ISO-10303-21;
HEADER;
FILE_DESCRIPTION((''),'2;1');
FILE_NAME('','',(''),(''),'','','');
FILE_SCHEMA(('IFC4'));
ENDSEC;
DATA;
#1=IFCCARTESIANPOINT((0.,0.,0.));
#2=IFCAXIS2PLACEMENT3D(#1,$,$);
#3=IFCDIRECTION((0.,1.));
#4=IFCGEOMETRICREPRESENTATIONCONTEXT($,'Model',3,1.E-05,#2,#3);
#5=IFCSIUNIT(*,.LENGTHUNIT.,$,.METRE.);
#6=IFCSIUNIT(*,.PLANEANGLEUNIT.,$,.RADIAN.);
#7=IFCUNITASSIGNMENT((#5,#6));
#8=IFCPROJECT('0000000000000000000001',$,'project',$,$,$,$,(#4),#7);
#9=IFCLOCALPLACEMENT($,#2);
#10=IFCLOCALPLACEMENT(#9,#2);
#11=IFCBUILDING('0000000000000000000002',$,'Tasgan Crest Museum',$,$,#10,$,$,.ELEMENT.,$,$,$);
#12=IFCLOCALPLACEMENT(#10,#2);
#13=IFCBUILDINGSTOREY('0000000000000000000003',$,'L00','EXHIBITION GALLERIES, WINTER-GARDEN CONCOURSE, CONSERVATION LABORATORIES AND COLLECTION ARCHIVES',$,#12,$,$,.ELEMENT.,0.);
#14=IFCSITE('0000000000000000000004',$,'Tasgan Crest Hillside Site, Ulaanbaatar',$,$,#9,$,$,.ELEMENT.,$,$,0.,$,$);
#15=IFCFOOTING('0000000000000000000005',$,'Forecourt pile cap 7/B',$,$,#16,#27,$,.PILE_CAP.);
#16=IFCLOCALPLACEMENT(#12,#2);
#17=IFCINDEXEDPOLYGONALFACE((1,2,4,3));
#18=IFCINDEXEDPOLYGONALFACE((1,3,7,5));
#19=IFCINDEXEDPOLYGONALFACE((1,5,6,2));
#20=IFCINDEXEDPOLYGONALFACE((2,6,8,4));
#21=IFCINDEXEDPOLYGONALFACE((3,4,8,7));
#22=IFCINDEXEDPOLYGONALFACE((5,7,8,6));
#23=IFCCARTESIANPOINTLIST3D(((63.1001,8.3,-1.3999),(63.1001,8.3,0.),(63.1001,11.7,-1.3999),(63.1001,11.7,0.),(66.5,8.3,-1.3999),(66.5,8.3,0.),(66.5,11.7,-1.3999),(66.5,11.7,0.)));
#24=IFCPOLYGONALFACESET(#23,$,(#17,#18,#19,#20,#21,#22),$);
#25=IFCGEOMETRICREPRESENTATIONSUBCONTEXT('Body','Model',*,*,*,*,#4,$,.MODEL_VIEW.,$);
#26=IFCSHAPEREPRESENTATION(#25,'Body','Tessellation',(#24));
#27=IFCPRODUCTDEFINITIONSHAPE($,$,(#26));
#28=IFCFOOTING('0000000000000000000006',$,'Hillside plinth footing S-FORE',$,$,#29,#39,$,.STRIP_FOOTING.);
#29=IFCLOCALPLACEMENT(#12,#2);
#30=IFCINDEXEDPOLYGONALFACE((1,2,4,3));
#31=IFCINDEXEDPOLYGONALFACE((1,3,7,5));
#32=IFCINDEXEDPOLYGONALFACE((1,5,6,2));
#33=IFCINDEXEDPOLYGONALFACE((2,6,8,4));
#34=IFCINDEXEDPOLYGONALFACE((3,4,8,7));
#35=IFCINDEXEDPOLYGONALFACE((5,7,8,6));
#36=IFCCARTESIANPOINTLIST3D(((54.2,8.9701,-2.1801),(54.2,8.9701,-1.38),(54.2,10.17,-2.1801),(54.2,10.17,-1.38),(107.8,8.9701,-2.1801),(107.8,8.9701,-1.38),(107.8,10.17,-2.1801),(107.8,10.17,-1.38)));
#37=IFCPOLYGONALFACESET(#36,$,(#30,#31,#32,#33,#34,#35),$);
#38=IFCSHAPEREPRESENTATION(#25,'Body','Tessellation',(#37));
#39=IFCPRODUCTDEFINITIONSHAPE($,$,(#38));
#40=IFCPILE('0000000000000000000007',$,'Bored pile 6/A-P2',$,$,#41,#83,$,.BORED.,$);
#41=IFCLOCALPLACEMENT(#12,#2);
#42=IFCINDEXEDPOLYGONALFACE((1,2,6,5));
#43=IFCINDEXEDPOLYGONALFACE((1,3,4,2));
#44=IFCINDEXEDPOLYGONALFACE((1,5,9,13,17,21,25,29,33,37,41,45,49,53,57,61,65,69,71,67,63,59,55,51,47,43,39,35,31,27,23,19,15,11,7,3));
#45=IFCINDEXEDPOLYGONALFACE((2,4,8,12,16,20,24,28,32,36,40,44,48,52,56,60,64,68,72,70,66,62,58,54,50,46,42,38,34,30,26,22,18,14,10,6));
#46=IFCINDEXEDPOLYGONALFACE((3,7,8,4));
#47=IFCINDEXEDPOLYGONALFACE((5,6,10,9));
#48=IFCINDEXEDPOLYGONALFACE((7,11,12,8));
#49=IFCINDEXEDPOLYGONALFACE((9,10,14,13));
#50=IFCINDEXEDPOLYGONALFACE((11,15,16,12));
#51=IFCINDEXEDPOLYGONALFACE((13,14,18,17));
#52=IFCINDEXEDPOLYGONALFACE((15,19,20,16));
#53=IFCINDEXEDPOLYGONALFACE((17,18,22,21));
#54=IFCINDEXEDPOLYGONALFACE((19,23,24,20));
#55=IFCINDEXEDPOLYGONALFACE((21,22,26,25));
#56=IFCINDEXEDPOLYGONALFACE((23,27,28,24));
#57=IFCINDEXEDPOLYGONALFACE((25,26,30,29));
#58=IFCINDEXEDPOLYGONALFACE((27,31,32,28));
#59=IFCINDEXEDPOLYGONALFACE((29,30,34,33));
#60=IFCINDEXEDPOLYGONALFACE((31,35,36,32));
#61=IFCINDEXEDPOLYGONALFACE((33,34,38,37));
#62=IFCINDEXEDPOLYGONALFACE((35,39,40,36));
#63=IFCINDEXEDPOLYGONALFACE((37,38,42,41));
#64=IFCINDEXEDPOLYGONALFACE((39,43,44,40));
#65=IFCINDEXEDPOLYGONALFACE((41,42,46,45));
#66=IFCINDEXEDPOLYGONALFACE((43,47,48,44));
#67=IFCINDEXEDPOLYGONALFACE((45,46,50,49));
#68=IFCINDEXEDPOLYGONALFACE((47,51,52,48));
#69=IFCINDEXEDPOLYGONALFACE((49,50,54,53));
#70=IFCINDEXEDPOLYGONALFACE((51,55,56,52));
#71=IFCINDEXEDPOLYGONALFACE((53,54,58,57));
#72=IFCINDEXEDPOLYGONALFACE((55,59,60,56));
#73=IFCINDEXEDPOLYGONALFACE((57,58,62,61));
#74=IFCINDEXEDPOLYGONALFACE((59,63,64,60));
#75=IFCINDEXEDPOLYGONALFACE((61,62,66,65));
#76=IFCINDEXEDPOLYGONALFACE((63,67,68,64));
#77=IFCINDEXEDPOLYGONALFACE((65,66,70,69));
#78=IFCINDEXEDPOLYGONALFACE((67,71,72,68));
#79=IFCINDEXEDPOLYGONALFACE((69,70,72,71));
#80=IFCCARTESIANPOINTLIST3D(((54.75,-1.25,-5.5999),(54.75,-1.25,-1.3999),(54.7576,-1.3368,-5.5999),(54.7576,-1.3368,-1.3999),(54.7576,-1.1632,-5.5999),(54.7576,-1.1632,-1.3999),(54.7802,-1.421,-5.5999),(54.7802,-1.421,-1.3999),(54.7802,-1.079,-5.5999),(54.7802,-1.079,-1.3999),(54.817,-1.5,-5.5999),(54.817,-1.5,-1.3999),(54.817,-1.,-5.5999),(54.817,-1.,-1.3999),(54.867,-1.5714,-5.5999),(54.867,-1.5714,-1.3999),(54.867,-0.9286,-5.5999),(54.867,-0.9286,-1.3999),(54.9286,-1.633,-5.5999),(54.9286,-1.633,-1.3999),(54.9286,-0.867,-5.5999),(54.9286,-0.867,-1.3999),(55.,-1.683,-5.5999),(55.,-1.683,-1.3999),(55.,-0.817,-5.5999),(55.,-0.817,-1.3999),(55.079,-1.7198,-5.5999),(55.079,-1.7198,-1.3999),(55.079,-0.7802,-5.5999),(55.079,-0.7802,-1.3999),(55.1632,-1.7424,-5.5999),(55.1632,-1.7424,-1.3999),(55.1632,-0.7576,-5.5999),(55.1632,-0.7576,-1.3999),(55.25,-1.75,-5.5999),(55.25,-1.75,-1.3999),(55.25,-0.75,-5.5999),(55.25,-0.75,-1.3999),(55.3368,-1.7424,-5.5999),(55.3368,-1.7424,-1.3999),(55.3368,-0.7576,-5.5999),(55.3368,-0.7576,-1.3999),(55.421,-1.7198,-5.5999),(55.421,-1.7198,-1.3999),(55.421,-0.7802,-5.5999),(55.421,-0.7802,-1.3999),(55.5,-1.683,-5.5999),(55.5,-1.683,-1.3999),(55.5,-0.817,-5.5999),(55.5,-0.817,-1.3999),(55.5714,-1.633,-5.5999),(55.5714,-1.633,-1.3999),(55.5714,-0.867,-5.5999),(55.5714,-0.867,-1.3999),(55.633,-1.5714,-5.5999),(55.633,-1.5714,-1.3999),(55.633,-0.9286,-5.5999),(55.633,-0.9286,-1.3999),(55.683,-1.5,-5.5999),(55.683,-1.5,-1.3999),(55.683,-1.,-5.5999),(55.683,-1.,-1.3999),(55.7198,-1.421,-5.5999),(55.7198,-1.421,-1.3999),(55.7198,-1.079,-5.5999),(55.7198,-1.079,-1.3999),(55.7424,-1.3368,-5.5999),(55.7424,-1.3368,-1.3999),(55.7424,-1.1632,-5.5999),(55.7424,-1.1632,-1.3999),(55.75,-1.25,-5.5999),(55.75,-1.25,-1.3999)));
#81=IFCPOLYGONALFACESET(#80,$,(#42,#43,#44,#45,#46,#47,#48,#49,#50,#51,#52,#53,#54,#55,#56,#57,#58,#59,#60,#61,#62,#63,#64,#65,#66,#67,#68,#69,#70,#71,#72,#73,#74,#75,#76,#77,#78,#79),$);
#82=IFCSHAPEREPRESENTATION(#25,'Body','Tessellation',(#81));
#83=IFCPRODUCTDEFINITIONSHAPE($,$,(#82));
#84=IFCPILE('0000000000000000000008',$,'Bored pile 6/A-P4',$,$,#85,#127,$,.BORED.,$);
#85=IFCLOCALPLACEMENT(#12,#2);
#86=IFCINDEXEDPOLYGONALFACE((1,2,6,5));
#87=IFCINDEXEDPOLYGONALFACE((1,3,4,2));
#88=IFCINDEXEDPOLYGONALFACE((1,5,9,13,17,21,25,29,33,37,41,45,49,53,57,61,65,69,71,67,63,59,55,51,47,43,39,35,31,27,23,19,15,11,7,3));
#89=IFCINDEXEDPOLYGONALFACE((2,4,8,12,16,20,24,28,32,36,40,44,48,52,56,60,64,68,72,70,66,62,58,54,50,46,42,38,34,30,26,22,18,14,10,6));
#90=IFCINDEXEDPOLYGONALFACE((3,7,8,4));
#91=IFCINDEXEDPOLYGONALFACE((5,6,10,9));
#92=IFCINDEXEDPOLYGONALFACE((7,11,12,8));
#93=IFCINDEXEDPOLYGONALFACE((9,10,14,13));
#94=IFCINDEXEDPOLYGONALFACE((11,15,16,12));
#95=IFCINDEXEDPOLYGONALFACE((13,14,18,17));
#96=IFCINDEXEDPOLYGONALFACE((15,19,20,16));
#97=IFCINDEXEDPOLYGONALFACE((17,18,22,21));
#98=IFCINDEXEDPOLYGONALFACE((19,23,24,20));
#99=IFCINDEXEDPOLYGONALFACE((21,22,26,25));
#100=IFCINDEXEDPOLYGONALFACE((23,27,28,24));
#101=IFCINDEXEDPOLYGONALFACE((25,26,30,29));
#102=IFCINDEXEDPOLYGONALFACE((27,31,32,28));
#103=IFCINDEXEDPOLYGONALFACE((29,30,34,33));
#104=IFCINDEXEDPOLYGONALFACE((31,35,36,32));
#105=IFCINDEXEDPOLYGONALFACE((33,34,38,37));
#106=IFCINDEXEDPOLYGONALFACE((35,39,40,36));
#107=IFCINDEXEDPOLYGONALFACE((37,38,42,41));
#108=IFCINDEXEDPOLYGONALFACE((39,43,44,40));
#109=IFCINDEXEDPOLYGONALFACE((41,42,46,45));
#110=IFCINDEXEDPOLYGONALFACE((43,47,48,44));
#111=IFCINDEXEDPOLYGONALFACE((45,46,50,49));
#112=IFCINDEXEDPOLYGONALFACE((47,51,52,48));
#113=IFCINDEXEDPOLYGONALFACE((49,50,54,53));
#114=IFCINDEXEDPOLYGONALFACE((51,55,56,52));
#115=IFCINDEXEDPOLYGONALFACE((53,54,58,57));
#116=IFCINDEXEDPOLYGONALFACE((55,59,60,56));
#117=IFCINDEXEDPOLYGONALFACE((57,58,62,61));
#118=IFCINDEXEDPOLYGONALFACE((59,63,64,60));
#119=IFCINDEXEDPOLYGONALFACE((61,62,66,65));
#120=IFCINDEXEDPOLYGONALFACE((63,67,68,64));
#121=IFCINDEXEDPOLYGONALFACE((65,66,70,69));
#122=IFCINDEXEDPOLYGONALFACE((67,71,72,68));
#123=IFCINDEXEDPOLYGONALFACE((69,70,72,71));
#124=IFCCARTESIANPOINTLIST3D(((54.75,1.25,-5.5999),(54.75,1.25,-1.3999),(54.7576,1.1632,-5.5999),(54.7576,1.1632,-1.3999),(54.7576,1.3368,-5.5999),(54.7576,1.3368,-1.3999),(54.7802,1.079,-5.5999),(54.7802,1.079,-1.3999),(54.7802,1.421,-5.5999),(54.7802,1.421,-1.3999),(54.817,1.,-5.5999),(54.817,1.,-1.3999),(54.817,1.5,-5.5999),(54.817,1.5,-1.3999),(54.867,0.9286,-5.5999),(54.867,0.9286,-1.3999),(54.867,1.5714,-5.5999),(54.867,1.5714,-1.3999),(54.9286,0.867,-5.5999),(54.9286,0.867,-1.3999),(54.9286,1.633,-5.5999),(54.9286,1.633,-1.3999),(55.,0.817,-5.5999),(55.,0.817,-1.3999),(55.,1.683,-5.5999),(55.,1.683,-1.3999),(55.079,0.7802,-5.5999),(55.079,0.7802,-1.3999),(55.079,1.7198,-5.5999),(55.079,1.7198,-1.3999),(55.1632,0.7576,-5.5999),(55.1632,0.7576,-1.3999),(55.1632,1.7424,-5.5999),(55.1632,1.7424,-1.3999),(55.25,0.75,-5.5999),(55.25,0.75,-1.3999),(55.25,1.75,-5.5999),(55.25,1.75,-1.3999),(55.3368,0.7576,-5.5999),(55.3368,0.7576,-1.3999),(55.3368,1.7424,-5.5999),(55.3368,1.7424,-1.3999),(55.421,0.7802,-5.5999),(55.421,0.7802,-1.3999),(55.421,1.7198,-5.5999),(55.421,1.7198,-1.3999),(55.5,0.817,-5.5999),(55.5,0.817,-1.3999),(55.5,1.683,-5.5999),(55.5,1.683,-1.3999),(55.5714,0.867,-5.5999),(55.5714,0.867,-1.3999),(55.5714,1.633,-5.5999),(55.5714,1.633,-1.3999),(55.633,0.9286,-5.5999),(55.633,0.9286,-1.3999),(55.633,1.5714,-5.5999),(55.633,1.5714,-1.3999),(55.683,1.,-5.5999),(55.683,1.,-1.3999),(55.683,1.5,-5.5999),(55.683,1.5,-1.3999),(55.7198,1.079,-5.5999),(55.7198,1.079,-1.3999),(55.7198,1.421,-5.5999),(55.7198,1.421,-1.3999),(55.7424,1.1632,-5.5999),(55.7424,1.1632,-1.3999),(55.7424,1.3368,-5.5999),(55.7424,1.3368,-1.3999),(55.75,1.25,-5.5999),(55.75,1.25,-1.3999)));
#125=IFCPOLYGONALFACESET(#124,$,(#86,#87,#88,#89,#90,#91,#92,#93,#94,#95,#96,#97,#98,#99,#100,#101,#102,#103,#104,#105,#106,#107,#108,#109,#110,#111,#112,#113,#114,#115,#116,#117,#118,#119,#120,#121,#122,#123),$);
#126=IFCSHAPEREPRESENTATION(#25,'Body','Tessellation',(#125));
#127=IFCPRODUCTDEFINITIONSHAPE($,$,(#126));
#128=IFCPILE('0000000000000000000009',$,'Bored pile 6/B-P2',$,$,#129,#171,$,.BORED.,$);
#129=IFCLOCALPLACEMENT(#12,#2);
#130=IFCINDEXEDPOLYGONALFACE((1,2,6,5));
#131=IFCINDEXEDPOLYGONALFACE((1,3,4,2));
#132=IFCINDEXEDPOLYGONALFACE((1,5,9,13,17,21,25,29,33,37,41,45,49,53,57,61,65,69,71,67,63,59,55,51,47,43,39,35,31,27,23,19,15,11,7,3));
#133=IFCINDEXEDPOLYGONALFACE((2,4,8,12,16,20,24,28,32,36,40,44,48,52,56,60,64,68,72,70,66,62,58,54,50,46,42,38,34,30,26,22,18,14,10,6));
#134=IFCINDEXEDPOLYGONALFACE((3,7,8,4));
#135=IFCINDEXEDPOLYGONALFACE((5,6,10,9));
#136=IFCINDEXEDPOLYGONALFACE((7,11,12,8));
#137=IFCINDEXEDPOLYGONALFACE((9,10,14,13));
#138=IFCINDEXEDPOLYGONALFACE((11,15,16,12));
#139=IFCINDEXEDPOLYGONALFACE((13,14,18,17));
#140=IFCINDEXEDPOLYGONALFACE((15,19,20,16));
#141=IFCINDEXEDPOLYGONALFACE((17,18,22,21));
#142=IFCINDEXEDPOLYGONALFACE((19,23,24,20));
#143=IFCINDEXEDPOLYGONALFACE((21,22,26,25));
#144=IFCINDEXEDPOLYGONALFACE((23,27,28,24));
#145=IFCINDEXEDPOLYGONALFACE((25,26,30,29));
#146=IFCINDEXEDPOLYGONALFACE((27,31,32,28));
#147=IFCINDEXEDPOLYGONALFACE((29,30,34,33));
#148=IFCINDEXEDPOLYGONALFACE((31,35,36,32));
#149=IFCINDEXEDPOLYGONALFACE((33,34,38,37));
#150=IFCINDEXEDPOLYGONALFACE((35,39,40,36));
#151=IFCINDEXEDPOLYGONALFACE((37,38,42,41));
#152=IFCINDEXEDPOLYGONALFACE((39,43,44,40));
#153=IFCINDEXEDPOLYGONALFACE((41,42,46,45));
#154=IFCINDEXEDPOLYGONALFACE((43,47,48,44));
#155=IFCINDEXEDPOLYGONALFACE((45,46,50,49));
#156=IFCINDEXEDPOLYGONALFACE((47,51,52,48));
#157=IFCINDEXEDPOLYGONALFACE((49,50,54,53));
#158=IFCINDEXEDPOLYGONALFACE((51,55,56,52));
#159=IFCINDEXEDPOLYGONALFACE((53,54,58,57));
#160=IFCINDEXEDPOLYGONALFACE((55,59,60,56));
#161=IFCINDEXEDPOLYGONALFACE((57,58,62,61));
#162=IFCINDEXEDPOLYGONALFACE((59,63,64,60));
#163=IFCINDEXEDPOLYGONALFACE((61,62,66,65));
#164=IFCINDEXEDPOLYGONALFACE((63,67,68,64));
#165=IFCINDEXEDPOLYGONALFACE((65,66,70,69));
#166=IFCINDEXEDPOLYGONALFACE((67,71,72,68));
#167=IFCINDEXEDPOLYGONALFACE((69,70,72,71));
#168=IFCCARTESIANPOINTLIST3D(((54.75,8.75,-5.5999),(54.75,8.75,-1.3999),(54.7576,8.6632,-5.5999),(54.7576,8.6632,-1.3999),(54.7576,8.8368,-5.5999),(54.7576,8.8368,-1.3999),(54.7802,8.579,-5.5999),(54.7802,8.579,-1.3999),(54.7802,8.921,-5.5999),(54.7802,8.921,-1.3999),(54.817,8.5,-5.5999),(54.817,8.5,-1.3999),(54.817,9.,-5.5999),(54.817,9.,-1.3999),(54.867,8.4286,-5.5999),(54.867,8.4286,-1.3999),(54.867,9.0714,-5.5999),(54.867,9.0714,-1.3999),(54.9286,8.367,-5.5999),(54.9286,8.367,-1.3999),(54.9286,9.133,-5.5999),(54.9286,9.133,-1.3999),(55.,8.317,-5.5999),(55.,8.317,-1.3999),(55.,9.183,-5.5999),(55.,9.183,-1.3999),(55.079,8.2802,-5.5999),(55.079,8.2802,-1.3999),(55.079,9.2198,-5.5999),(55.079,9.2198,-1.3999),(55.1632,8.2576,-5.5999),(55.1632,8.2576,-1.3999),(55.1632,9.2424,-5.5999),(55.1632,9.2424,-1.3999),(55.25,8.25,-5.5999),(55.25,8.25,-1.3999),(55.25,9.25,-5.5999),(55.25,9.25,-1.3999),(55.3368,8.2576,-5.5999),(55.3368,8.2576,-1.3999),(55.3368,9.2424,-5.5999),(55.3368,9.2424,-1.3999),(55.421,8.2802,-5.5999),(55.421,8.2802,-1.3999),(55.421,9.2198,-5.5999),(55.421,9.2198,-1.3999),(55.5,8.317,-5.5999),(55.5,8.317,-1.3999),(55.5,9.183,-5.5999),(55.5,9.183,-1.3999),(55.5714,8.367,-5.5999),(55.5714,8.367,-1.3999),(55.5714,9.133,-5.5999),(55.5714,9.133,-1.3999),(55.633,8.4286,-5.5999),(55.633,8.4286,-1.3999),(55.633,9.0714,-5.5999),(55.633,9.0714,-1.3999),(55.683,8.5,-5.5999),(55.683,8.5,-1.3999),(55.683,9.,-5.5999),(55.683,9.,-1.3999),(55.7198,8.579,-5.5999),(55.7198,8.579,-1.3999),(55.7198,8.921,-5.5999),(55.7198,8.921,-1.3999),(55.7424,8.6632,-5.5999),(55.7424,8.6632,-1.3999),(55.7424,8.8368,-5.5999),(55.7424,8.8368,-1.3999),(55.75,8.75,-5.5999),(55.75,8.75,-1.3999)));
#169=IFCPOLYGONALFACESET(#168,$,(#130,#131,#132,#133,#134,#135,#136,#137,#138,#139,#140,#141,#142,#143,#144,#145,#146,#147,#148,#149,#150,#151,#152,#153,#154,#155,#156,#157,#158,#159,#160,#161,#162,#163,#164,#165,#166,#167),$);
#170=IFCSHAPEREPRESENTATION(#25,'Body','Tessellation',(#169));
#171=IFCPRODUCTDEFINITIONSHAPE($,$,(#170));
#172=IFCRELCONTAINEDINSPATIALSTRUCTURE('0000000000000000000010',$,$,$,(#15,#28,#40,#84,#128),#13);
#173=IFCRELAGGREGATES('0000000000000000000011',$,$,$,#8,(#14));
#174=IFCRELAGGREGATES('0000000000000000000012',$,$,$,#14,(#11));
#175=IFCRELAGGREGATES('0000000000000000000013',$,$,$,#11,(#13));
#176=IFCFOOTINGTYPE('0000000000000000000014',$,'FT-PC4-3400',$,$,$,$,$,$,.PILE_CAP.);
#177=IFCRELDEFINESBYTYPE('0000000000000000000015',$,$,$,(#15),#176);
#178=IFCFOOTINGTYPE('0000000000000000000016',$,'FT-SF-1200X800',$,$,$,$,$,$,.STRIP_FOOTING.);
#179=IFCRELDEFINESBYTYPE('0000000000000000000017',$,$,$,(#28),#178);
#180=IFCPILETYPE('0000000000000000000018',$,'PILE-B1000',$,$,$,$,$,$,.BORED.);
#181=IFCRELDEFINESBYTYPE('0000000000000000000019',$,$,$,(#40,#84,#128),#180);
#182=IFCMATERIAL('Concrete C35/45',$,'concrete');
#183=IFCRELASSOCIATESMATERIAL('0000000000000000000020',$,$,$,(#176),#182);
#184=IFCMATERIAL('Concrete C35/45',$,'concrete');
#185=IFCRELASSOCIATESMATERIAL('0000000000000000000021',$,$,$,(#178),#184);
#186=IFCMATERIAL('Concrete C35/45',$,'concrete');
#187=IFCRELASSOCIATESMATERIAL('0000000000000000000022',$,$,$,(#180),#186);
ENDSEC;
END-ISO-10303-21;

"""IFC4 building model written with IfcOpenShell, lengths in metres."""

from ifc_helpers import new_model, si_unit, direction, frame, origin, origin_2d, place, context, subcontext, project, spatial, rectangle, circle, extrude, material, material_profile, profile_set, type_object, element, save


model = new_model("IFC4")

# Units and contexts
model_context = context("Model", 3, precision=1e-05, world=origin(), true_north=direction((0.0, 1.0)))
body_context = subcontext(model_context, "Body", "Model", "MODEL_VIEW")
ifc_project = project(units=[si_unit("LENGTHUNIT", "METRE"), si_unit("PLANEANGLEUNIT", "RADIAN")], contexts=[model_context])

# Site, building, storey
site_placement = place(None, origin())
site = spatial("IfcSite", under=ifc_project, at=site_placement, Name="Tasgan Crest Hillside Site, Ulaanbaatar", CompositionType="ELEMENT", RefElevation=0.0)
building_placement = place(site_placement, origin())
building = spatial("IfcBuilding", under=site, at=building_placement, Name="Tasgan Crest Museum", CompositionType="ELEMENT")
storey_placement = place(building_placement, origin())
storey = spatial("IfcBuildingStorey", under=building, at=storey_placement, Name="L00", Description="EXHIBITION GALLERIES, WINTER-GARDEN CONCOURSE, CONSERVATION LABORATORIES AND COLLECTION ARCHIVES", CompositionType="ELEMENT", Elevation=0.0)

# Footings
ifc_material_1 = material(Name="Concrete C35/45", Category="concrete")
footing_type_1 = type_object("IfcFootingType", Name="FT-PC4-3400", PredefinedType="PILE_CAP", material=ifc_material_1)
footing_1_placement = place(storey_placement, frame((64.8, 10.0, -1.3999), z_axis=(0.0, 0.0, 1.0), x_axis=(1.0, 0.0, 0.0)))
element("IfcFooting", 1, at=footing_1_placement, inside=storey, type_object=footing_type_1, Name="Forecourt pile cap 7/B", PredefinedType="PILE_CAP", context=body_context, shape_type="SweptSolid", body=[
    extrude(rectangle(XDim=3.3999, YDim=3.3999, at=origin_2d()), origin(), (0.0, 0.0, 1.0), 1.3999),
])
ifc_material_2 = material(Name="Concrete C35/45", Category="concrete")
ifc_material_profile_1 = material_profile(ifc_material_2, rectangle(XDim=1.2, YDim=0.8, at=origin_2d()), Name="SF 1200x800")
ifc_profile_set_1 = profile_set([ifc_material_profile_1], Name="Concrete C35/45")
footing_type_2 = type_object("IfcFootingType", Name="FT-SF-1200X800", PredefinedType="STRIP_FOOTING", material=ifc_profile_set_1)
footing_2_placement = place(storey_placement, frame((54.2, 9.5701, -1.78), z_axis=(1.0, 0.0, 0.0), x_axis=(0.0, 1.0, 0.0)))
element("IfcFooting", 2, at=footing_2_placement, inside=storey, type_object=footing_type_2, Name="Hillside plinth footing S-FORE", PredefinedType="STRIP_FOOTING", context=body_context, shape_type="SweptSolid", body=[
    extrude(rectangle(XDim=1.2, YDim=0.8, at=origin_2d()), origin(), (0.0, 0.0, 1.0), 53.6001),
])

# Piles
ifc_material_3 = material(Name="Concrete C35/45", Category="concrete")
ifc_material_profile_2 = material_profile(ifc_material_3, circle(Radius=0.5, at=origin_2d()), Name="PILE D1000")
ifc_profile_set_2 = profile_set([ifc_material_profile_2], Name="Concrete C35/45")
pile_type_1 = type_object("IfcPileType", Name="PILE-B1000", PredefinedType="BORED", material=ifc_profile_set_2)
for number, where, z_axis, x_axis, name in (
    (3, (55.25, -1.25, -1.3999), (0.0, 0.0, -1.0), (1.0, 0.0, 0.0), "Bored pile 6/A-P2"),
    (4, (55.25, 1.25, -1.3999), (0.0, 0.0, -1.0), (1.0, 0.0, 0.0), "Bored pile 6/A-P4"),
    (5, (55.25, 8.75, -1.3999), (0.0, 0.0, -1.0), (1.0, 0.0, 0.0), "Bored pile 6/B-P2"),
):
    element("IfcPile", number, at=place(storey_placement, frame(where, z_axis=z_axis, x_axis=x_axis)), inside=storey, type_object=pile_type_1, Name=name, PredefinedType="BORED", context=body_context, shape_type="SweptSolid", body=[
        extrude(circle(Radius=0.5, at=origin_2d()), origin(), (0.0, 0.0, 1.0), 4.2),
    ])

save(model, "model.ifc")
